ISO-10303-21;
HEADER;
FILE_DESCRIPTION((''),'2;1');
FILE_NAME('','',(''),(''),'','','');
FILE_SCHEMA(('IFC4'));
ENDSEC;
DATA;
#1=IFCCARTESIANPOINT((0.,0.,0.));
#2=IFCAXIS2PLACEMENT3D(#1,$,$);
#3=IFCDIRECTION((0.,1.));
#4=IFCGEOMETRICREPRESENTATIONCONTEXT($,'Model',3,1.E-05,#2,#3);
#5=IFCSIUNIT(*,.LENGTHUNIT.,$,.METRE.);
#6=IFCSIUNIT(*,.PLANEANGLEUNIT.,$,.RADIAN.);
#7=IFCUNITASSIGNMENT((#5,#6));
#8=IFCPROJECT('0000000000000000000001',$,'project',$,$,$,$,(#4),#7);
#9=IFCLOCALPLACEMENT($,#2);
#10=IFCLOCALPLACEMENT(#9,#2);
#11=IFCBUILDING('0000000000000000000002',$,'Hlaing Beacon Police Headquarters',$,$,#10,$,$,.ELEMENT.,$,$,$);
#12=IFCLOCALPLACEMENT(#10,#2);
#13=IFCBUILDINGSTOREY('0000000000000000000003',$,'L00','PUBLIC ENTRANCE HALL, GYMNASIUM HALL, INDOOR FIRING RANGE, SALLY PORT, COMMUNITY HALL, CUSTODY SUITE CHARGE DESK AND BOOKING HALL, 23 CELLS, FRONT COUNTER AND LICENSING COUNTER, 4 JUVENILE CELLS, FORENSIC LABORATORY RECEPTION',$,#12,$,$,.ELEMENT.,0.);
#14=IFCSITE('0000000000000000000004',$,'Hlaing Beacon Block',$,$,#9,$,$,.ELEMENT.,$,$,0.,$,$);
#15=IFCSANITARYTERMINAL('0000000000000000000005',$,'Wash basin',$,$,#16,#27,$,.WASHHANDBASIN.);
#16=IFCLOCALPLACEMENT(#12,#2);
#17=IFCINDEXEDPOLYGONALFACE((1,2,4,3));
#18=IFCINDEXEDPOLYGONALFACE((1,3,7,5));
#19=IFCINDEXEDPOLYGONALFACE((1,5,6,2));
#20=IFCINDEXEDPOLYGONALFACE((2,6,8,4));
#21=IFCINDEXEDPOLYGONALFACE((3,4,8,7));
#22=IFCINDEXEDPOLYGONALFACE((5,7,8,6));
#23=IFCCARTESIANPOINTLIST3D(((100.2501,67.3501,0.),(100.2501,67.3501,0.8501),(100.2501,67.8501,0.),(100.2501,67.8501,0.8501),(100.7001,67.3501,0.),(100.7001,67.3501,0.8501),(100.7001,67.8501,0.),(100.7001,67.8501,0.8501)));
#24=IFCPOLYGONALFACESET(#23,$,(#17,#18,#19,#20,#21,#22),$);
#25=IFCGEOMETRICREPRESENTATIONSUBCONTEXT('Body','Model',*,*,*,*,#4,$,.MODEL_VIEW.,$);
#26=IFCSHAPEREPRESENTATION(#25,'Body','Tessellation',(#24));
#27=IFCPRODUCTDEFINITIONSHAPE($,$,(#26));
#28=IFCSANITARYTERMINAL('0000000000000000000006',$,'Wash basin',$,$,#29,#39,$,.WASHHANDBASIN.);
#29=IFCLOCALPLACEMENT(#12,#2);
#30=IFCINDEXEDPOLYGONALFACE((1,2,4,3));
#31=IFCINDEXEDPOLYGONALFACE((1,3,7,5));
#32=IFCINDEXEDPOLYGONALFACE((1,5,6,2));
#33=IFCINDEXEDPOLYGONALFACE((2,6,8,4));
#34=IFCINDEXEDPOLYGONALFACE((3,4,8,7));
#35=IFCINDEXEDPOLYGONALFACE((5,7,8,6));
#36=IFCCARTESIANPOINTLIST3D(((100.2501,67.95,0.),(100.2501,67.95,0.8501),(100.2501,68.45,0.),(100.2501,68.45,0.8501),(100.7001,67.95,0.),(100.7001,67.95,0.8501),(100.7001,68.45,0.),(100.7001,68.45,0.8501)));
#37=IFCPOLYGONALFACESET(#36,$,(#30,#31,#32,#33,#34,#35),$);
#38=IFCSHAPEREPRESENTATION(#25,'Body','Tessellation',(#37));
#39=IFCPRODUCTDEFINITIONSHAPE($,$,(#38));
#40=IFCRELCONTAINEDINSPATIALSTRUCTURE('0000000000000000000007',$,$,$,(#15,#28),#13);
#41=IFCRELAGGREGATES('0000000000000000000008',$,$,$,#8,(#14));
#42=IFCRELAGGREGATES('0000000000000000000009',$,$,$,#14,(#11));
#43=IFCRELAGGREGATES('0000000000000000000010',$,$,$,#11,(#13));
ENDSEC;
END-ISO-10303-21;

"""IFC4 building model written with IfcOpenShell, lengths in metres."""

from ifc_helpers import new_model, si_unit, direction, frame, origin, origin_2d, place, context, subcontext, project, spatial, rectangle, extrude, element, save


model = new_model("IFC4")

# Units and contexts
model_context = context("Model", 3, precision=1e-05, world=origin(), true_north=direction((0.0, 1.0)))
body_context = subcontext(model_context, "Body", "Model", "MODEL_VIEW")
ifc_project = project(units=[si_unit("LENGTHUNIT", "METRE"), si_unit("PLANEANGLEUNIT", "RADIAN")], contexts=[model_context])

# Site, building, storey
site_placement = place(None, origin())
site = spatial("IfcSite", under=ifc_project, at=site_placement, Name="Hlaing Beacon Block", CompositionType="ELEMENT", RefElevation=0.0)
building_placement = place(site_placement, origin())
building = spatial("IfcBuilding", under=site, at=building_placement, Name="Hlaing Beacon Police Headquarters", CompositionType="ELEMENT")
storey_placement = place(building_placement, origin())
storey = spatial("IfcBuildingStorey", under=building, at=storey_placement, Name="L00", Description="PUBLIC ENTRANCE HALL, GYMNASIUM HALL, INDOOR FIRING RANGE, SALLY PORT, COMMUNITY HALL, CUSTODY SUITE CHARGE DESK AND BOOKING HALL, 23 CELLS, FRONT COUNTER AND LICENSING COUNTER, 4 JUVENILE CELLS, FORENSIC LABORATORY RECEPTION", CompositionType="ELEMENT", Elevation=0.0)

# Sanitary terminals
for number, where, z_axis, x_axis, name in (
    (1, (100.4751, 67.6001, 0.0), (0.0, 0.0, 1.0), (1.0, 0.0, 0.0), "Wash basin"),
    (2, (100.4751, 68.2, 0.0), (0.0, 0.0, 1.0), (1.0, 0.0, 0.0), "Wash basin"),
):
    element("IfcSanitaryTerminal", number, at=place(storey_placement, frame(where, z_axis=z_axis, x_axis=x_axis)), inside=storey, Name=name, PredefinedType="WASHHANDBASIN", context=body_context, shape_type="SweptSolid", body=[
        extrude(rectangle(XDim=0.45, YDim=0.5, at=origin_2d()), origin(), (0.0, 0.0, 1.0), 0.8501),
    ])

save(model, "model.ifc")
